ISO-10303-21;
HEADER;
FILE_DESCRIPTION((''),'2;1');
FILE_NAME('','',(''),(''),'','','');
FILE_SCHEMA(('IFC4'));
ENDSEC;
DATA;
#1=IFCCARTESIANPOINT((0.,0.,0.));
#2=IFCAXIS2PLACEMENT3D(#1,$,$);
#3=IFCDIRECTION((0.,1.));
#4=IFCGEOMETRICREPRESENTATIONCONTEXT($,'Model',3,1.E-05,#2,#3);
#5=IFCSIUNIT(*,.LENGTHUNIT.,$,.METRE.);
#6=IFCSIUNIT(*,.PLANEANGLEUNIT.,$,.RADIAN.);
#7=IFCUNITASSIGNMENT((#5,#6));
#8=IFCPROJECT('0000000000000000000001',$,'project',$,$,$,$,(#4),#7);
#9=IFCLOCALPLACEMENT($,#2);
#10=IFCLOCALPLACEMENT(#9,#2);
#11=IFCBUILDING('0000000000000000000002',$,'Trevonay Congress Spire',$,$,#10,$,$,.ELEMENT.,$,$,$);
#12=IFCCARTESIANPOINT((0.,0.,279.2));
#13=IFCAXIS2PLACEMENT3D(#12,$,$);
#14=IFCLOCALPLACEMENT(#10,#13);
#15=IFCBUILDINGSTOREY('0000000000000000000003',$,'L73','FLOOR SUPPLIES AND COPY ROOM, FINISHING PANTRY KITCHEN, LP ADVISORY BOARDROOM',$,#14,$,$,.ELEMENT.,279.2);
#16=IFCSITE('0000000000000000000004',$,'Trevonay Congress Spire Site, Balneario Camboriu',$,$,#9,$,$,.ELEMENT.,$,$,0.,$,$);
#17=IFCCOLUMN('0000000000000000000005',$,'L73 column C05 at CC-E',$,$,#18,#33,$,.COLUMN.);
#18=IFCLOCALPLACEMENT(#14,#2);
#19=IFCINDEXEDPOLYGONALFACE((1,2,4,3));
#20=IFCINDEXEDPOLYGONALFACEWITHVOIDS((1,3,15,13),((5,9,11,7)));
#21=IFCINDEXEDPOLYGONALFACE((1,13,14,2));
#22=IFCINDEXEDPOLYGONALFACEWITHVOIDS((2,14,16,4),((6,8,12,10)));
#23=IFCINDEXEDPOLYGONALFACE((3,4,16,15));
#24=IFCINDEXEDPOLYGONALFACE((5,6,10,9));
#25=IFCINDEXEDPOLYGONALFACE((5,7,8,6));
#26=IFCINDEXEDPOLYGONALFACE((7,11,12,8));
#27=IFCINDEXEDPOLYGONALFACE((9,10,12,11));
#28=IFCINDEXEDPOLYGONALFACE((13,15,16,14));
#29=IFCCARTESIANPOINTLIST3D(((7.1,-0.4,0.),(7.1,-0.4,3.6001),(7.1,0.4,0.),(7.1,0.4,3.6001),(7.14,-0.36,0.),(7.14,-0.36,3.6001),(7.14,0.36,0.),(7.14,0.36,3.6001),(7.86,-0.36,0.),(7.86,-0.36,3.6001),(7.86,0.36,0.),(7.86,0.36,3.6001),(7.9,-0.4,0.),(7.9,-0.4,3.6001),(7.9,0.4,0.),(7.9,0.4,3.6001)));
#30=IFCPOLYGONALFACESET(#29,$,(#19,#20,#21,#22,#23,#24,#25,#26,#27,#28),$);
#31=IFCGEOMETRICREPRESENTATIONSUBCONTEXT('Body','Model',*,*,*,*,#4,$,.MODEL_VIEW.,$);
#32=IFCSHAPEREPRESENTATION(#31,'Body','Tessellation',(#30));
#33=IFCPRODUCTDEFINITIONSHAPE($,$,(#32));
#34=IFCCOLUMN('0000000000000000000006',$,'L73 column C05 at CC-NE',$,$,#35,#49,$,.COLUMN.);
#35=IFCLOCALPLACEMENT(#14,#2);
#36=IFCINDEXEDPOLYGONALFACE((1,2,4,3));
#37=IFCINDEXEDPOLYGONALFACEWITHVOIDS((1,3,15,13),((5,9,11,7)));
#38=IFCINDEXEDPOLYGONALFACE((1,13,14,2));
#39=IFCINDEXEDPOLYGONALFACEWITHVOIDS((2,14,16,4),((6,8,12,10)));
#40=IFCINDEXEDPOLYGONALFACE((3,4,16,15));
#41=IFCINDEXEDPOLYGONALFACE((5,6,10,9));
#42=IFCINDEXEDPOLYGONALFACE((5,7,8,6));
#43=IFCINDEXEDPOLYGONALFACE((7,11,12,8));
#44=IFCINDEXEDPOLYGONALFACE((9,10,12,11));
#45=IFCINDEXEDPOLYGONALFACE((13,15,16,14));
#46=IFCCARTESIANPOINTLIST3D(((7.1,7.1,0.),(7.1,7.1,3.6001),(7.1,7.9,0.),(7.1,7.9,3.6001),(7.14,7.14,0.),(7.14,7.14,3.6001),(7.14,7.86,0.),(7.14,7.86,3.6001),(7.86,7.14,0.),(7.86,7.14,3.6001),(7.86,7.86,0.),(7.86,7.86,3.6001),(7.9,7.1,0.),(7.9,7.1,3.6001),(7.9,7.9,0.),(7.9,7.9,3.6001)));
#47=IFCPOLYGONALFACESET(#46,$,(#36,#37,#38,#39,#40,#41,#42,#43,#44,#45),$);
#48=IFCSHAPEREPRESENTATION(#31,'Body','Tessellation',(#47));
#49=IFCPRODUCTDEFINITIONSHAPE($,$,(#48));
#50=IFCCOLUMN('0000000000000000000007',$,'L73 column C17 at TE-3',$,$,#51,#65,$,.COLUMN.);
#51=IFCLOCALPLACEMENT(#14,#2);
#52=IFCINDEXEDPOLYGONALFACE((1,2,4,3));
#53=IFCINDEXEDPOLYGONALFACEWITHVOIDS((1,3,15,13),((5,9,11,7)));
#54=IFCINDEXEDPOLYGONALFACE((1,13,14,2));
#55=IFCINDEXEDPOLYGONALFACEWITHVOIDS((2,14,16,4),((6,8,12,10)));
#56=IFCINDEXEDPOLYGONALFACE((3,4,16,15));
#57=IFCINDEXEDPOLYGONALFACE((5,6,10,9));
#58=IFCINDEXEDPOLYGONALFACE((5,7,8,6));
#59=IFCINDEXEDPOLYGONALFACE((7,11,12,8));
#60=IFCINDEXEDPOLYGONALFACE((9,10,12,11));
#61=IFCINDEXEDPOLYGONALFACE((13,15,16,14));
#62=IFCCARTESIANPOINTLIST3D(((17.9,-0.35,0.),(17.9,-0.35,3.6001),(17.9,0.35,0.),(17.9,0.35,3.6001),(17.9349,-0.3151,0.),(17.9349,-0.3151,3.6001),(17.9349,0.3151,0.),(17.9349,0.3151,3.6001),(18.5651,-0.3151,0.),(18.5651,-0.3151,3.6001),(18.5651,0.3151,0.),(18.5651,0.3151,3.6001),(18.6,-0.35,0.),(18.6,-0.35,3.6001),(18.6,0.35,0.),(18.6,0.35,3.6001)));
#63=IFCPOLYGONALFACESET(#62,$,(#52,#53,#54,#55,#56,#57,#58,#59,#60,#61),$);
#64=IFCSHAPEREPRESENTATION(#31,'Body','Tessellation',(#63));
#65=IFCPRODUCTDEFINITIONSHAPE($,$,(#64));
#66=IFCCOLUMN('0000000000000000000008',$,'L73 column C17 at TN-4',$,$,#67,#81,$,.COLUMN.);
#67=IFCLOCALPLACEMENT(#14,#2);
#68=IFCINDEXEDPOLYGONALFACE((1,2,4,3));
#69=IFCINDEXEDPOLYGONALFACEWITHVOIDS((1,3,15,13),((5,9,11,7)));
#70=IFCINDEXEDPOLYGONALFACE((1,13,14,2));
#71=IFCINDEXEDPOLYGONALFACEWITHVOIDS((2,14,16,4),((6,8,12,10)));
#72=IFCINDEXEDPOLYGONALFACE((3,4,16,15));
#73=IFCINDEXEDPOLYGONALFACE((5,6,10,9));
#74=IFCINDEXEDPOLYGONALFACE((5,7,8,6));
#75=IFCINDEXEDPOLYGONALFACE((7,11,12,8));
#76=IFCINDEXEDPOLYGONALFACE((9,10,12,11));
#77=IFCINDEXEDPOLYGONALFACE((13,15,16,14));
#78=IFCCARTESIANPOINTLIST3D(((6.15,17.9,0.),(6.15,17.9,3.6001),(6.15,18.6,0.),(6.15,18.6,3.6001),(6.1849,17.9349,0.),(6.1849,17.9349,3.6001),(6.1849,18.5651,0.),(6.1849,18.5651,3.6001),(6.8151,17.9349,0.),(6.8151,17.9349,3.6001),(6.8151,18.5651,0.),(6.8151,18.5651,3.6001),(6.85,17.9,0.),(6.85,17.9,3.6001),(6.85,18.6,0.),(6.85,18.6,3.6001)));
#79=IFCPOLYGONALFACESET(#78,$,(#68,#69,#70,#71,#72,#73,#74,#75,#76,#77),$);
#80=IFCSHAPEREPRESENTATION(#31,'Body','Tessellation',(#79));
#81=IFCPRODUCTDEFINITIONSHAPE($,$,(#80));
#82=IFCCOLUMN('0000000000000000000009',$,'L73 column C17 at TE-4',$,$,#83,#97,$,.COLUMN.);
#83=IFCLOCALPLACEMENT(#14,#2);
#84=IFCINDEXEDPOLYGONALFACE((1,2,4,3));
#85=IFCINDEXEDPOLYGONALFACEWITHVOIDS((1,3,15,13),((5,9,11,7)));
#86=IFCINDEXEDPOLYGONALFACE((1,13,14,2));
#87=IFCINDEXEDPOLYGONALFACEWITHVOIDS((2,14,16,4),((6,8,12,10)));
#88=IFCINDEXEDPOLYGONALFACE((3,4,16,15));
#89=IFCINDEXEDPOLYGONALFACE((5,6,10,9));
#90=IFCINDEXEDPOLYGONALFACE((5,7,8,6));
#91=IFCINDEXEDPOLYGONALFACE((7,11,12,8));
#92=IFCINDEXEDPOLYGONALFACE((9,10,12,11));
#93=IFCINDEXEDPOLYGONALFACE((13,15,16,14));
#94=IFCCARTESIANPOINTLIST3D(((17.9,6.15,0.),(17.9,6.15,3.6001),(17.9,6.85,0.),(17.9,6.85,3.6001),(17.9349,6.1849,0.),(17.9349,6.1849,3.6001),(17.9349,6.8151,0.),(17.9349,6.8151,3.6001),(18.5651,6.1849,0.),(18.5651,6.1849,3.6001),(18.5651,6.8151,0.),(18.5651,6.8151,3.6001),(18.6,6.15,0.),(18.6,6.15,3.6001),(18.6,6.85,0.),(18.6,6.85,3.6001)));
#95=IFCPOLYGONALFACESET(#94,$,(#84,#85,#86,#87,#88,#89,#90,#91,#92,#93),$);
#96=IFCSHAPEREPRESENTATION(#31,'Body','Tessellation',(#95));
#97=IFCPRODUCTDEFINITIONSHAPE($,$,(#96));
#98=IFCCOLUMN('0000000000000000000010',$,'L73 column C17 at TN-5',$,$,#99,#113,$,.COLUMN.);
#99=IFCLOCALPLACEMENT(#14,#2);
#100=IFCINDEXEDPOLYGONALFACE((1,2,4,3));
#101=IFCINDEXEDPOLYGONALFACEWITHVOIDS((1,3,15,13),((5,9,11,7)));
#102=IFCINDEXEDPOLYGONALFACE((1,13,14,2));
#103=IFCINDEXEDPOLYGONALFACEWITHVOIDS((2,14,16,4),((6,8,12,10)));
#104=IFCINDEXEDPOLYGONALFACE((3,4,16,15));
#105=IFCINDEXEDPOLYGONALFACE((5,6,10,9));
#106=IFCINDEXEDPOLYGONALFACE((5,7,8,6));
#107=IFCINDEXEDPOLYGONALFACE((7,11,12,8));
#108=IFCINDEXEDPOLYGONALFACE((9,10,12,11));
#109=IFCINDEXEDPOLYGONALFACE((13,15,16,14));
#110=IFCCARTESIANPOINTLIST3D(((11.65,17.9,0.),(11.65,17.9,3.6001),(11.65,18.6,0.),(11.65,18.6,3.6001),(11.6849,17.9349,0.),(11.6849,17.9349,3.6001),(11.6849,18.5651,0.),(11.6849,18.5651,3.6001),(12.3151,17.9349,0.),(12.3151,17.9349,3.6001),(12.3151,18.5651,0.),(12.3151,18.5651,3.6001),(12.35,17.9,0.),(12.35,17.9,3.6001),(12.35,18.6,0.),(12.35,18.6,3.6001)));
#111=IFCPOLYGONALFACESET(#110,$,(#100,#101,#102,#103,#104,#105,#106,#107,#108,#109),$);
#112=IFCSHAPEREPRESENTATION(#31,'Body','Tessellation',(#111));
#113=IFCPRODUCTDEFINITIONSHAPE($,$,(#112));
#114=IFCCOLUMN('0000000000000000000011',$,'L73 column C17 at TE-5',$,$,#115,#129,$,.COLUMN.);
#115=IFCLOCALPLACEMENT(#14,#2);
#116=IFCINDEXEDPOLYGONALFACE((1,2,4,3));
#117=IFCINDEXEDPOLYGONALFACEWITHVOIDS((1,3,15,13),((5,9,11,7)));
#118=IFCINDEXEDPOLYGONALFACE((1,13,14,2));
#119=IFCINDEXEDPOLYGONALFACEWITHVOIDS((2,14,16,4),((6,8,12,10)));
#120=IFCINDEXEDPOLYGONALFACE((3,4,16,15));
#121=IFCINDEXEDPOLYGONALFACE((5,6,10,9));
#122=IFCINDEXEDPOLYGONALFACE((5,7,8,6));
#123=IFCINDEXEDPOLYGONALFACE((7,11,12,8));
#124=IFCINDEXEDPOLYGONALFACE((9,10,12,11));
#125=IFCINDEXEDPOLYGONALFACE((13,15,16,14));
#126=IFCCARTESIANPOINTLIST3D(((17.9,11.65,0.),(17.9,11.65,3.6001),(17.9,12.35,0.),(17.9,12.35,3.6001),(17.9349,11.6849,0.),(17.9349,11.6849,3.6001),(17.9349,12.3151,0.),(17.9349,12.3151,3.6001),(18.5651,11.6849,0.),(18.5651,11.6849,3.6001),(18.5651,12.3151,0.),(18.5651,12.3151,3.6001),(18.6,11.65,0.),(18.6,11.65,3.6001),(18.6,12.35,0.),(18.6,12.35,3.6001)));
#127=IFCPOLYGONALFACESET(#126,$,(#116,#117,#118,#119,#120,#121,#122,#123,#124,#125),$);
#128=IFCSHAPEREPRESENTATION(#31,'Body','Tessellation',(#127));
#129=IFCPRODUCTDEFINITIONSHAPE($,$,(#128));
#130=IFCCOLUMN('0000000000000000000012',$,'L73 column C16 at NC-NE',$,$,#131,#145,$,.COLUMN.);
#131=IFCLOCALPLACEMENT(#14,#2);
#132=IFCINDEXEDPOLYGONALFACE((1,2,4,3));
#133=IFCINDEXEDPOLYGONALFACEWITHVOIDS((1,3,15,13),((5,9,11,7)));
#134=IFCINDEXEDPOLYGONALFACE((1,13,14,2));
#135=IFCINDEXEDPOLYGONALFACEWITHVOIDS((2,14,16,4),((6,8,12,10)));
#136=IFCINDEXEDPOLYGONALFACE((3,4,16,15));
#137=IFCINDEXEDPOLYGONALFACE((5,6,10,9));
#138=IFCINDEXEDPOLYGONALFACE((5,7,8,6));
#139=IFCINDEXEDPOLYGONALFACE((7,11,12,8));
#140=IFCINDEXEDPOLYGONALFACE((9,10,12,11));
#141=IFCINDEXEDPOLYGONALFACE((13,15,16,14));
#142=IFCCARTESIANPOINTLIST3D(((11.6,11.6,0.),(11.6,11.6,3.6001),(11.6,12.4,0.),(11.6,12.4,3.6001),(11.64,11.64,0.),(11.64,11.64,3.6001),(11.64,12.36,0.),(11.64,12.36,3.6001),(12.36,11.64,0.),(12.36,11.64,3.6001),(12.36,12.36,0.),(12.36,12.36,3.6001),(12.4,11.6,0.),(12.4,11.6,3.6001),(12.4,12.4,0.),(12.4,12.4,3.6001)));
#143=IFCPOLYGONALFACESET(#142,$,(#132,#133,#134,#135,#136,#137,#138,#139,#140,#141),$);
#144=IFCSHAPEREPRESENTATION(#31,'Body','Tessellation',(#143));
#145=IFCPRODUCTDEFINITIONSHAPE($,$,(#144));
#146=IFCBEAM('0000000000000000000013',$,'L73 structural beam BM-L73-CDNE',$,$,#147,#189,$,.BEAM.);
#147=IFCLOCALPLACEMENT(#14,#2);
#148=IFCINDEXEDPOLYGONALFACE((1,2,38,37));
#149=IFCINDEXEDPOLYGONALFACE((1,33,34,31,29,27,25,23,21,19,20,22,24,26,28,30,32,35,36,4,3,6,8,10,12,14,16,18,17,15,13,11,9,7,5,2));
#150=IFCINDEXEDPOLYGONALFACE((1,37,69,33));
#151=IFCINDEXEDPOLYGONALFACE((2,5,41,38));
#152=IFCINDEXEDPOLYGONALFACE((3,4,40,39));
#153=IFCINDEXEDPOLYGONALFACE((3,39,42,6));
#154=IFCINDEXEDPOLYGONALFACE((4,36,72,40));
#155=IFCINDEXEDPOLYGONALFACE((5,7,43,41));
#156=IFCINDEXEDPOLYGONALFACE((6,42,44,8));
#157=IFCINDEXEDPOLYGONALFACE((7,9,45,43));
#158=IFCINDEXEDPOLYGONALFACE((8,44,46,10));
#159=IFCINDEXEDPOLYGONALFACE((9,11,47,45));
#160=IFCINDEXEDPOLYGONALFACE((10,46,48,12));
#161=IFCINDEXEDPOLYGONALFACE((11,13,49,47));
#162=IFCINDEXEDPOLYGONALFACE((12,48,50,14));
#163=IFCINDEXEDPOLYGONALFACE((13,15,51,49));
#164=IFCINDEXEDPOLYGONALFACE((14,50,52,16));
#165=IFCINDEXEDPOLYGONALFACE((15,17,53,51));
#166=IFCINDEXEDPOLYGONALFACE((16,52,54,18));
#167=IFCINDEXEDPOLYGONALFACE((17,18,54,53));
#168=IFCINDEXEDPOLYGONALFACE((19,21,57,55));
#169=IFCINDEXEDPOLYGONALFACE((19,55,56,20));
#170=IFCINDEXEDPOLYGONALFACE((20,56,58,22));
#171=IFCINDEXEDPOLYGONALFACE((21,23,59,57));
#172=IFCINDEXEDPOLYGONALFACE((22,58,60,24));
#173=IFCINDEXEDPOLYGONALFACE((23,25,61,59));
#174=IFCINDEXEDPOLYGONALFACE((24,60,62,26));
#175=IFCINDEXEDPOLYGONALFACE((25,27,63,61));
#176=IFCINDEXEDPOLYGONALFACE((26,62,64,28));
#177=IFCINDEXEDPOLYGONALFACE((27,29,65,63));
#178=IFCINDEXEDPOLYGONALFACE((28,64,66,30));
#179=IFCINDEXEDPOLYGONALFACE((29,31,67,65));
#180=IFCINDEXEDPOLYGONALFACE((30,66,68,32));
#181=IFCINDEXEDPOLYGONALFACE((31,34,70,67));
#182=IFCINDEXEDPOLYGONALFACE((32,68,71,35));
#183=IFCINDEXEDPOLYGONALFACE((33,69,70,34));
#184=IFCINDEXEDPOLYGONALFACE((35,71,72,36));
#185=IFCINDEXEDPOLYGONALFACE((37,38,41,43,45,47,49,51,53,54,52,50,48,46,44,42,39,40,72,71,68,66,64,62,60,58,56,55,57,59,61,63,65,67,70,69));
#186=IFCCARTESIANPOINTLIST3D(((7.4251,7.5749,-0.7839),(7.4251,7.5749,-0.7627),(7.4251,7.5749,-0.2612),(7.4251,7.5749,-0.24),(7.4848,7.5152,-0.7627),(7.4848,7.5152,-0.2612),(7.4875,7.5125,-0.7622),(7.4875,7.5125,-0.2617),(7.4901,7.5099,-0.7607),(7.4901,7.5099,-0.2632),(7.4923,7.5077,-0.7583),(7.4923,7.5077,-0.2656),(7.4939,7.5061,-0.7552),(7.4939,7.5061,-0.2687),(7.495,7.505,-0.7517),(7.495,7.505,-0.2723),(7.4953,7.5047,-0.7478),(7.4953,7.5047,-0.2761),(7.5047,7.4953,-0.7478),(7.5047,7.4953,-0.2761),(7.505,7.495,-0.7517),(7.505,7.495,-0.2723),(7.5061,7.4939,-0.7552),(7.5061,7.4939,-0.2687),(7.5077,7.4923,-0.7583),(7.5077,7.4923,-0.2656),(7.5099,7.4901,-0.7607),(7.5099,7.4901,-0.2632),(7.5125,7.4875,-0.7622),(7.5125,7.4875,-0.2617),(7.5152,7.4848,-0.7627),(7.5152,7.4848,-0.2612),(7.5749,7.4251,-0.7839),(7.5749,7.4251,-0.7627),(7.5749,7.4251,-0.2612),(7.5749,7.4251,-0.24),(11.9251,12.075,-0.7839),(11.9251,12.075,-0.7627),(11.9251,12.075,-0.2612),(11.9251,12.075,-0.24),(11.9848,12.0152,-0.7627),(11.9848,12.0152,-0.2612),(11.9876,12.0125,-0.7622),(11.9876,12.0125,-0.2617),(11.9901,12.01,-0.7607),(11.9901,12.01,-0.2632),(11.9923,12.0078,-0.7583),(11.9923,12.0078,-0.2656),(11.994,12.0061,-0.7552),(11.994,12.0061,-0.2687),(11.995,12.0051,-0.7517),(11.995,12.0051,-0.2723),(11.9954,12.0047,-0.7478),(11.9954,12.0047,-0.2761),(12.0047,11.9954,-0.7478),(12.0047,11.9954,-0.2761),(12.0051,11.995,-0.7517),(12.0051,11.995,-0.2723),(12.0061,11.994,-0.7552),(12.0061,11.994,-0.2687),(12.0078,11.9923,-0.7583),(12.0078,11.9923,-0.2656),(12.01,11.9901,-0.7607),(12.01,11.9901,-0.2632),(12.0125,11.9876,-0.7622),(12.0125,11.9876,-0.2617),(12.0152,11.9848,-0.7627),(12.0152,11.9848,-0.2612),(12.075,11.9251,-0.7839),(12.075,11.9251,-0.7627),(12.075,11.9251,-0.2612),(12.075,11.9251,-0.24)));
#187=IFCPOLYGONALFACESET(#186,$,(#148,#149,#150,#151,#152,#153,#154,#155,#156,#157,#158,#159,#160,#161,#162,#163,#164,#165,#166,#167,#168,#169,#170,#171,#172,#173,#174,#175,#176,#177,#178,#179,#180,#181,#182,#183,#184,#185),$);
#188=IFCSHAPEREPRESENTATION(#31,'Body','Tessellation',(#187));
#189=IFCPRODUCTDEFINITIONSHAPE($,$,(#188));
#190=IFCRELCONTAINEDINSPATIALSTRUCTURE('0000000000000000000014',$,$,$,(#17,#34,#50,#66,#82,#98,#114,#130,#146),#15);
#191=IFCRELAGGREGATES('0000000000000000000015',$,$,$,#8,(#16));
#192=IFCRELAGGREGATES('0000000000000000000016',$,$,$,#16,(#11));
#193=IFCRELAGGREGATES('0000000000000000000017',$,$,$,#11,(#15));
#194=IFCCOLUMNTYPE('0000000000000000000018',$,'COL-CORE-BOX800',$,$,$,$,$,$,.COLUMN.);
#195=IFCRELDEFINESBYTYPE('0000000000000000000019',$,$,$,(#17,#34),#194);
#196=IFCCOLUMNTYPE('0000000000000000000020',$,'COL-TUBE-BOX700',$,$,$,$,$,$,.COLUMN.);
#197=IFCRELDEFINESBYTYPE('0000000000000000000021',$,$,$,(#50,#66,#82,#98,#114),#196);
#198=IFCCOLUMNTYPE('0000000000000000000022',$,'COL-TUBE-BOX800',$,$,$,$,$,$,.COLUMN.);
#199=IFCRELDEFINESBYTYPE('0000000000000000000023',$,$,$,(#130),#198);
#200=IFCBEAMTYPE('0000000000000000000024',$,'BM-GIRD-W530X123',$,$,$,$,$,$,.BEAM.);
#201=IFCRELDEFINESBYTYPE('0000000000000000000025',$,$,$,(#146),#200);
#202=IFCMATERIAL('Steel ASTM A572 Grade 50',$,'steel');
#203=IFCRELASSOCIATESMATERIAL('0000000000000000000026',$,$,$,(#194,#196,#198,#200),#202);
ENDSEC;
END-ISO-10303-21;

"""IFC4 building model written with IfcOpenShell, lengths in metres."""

from ifc_helpers import new_model, si_unit, direction, frame, origin, origin_2d, place, context, subcontext, project, spatial, hollow_rectangle, i_section, extrude, material, material_profile, profile_set, type_object, element, save


model = new_model("IFC4")

# Units and contexts
model_context = context("Model", 3, precision=1e-05, world=origin(), true_north=direction((0.0, 1.0)))
body_context = subcontext(model_context, "Body", "Model", "MODEL_VIEW")
ifc_project = project(units=[si_unit("LENGTHUNIT", "METRE"), si_unit("PLANEANGLEUNIT", "RADIAN")], contexts=[model_context])

# Site, building, storey
site_placement = place(None, origin())
site = spatial("IfcSite", under=ifc_project, at=site_placement, Name="Trevonay Congress Spire Site, Balneario Camboriu", CompositionType="ELEMENT", RefElevation=0.0)
building_placement = place(site_placement, origin())
building = spatial("IfcBuilding", under=site, at=building_placement, Name="Trevonay Congress Spire", CompositionType="ELEMENT")
storey_placement = place(building_placement, frame((0.0, 0.0, 279.2)))
storey = spatial("IfcBuildingStorey", under=building, at=storey_placement, Name="L73", Description="FLOOR SUPPLIES AND COPY ROOM, FINISHING PANTRY KITCHEN, LP ADVISORY BOARDROOM", CompositionType="ELEMENT", Elevation=279.2)

# Columns
ifc_material_1 = material(Name="Steel ASTM A572 Grade 50", Category="steel")
ifc_material_profile_1 = material_profile(ifc_material_1, hollow_rectangle(XDim=0.8, YDim=0.8, WallThickness=0.04, at=origin_2d()), Name="BOX 800x800x40")
ifc_profile_set_1 = profile_set([ifc_material_profile_1], Name="Steel ASTM A572 Grade 50")
column_type_1 = type_object("IfcColumnType", Name="COL-CORE-BOX800", PredefinedType="COLUMN", material=ifc_profile_set_1)
for number, where, z_axis, x_axis, name in (
    (1, (7.5, 0.0, 0.0), (0.0, 0.0, 1.0), (1.0, 0.0, 0.0), "L73 column C05 at CC-E"),
    (2, (7.5, 7.5, 0.0), (0.0, 0.0, 1.0), (1.0, 0.0, 0.0), "L73 column C05 at CC-NE"),
):
    element("IfcColumn", number, at=place(storey_placement, frame(where, z_axis=z_axis, x_axis=x_axis)), inside=storey, type_object=column_type_1, Name=name, PredefinedType="COLUMN", context=body_context, shape_type="SweptSolid", body=[
        extrude(hollow_rectangle(XDim=0.8, YDim=0.8, WallThickness=0.04, at=origin_2d()), origin(), (0.0, 0.0, 1.0), 3.6001),
    ])
ifc_material_profile_2 = material_profile(ifc_material_1, hollow_rectangle(XDim=0.7, YDim=0.7, WallThickness=0.0349, at=origin_2d()), Name="BOX 700x700x35")
ifc_profile_set_2 = profile_set([ifc_material_profile_2], Name="Steel ASTM A572 Grade 50")
column_type_2 = type_object("IfcColumnType", Name="COL-TUBE-BOX700", PredefinedType="COLUMN", material=ifc_profile_set_2)
for number, where, z_axis, x_axis, name in (
    (3, (18.25, 0.0, 0.0), (0.0, 0.0, 1.0), (1.0, 0.0, 0.0), "L73 column C17 at TE-3"),
    (4, (6.5, 18.25, 0.0), (0.0, 0.0, 1.0), (1.0, 0.0, 0.0), "L73 column C17 at TN-4"),
    (5, (18.25, 6.5, 0.0), (0.0, 0.0, 1.0), (1.0, 0.0, 0.0), "L73 column C17 at TE-4"),
    (6, (12.0, 18.25, 0.0), (0.0, 0.0, 1.0), (1.0, 0.0, 0.0), "L73 column C17 at TN-5"),
    (7, (18.25, 12.0, 0.0), (0.0, 0.0, 1.0), (1.0, 0.0, 0.0), "L73 column C17 at TE-5"),
):
    element("IfcColumn", number, at=place(storey_placement, frame(where, z_axis=z_axis, x_axis=x_axis)), inside=storey, type_object=column_type_2, Name=name, PredefinedType="COLUMN", context=body_context, shape_type="SweptSolid", body=[
        extrude(hollow_rectangle(XDim=0.7, YDim=0.7, WallThickness=0.0349, at=origin_2d()), origin(), (0.0, 0.0, 1.0), 3.6001),
    ])
ifc_material_profile_3 = material_profile(ifc_material_1, hollow_rectangle(XDim=0.8, YDim=0.8, WallThickness=0.04, at=origin_2d()), Name="BOX 800x800x40")
ifc_profile_set_3 = profile_set([ifc_material_profile_3], Name="Steel ASTM A572 Grade 50")
column_type_3 = type_object("IfcColumnType", Name="COL-TUBE-BOX800", PredefinedType="COLUMN", material=ifc_profile_set_3)
column_placement = place(storey_placement, frame((12.0, 12.0, 0.0), z_axis=(0.0, 0.0, 1.0), x_axis=(1.0, 0.0, 0.0)))
element("IfcColumn", 8, at=column_placement, inside=storey, type_object=column_type_3, Name="L73 column C16 at NC-NE", PredefinedType="COLUMN", context=body_context, shape_type="SweptSolid", body=[
    extrude(hollow_rectangle(XDim=0.8, YDim=0.8, WallThickness=0.04, at=origin_2d()), origin(), (0.0, 0.0, 1.0), 3.6001),
])

# Beam
ifc_material_profile_4 = material_profile(ifc_material_1, i_section(OverallWidth=0.2119, OverallDepth=0.5439, WebThickness=0.0132, FlangeThickness=0.0212, FilletRadius=0.0149, at=origin_2d()), Name="W530x123")
ifc_profile_set_4 = profile_set([ifc_material_profile_4], Name="Steel ASTM A572 Grade 50")
beam_type_1 = type_object("IfcBeamType", Name="BM-GIRD-W530X123", PredefinedType="BEAM", material=ifc_profile_set_4)
beam_1_placement = place(storey_placement, frame((7.5, 7.5, -0.512), z_axis=(0.707107, 0.707107, 0.0), x_axis=(-0.707107, 0.707107, 0.0)))
element("IfcBeam", 9, at=beam_1_placement, inside=storey, type_object=beam_type_1, Name="L73 structural beam BM-L73-CDNE", PredefinedType="BEAM", context=body_context, shape_type="SweptSolid", body=[
    extrude(i_section(OverallWidth=0.2119, OverallDepth=0.5439, WebThickness=0.0132, FlangeThickness=0.0212, FilletRadius=0.0149, at=origin_2d()), origin(), (0.0, 0.0, 1.0), 6.364),
])

save(model, "model.ifc")
